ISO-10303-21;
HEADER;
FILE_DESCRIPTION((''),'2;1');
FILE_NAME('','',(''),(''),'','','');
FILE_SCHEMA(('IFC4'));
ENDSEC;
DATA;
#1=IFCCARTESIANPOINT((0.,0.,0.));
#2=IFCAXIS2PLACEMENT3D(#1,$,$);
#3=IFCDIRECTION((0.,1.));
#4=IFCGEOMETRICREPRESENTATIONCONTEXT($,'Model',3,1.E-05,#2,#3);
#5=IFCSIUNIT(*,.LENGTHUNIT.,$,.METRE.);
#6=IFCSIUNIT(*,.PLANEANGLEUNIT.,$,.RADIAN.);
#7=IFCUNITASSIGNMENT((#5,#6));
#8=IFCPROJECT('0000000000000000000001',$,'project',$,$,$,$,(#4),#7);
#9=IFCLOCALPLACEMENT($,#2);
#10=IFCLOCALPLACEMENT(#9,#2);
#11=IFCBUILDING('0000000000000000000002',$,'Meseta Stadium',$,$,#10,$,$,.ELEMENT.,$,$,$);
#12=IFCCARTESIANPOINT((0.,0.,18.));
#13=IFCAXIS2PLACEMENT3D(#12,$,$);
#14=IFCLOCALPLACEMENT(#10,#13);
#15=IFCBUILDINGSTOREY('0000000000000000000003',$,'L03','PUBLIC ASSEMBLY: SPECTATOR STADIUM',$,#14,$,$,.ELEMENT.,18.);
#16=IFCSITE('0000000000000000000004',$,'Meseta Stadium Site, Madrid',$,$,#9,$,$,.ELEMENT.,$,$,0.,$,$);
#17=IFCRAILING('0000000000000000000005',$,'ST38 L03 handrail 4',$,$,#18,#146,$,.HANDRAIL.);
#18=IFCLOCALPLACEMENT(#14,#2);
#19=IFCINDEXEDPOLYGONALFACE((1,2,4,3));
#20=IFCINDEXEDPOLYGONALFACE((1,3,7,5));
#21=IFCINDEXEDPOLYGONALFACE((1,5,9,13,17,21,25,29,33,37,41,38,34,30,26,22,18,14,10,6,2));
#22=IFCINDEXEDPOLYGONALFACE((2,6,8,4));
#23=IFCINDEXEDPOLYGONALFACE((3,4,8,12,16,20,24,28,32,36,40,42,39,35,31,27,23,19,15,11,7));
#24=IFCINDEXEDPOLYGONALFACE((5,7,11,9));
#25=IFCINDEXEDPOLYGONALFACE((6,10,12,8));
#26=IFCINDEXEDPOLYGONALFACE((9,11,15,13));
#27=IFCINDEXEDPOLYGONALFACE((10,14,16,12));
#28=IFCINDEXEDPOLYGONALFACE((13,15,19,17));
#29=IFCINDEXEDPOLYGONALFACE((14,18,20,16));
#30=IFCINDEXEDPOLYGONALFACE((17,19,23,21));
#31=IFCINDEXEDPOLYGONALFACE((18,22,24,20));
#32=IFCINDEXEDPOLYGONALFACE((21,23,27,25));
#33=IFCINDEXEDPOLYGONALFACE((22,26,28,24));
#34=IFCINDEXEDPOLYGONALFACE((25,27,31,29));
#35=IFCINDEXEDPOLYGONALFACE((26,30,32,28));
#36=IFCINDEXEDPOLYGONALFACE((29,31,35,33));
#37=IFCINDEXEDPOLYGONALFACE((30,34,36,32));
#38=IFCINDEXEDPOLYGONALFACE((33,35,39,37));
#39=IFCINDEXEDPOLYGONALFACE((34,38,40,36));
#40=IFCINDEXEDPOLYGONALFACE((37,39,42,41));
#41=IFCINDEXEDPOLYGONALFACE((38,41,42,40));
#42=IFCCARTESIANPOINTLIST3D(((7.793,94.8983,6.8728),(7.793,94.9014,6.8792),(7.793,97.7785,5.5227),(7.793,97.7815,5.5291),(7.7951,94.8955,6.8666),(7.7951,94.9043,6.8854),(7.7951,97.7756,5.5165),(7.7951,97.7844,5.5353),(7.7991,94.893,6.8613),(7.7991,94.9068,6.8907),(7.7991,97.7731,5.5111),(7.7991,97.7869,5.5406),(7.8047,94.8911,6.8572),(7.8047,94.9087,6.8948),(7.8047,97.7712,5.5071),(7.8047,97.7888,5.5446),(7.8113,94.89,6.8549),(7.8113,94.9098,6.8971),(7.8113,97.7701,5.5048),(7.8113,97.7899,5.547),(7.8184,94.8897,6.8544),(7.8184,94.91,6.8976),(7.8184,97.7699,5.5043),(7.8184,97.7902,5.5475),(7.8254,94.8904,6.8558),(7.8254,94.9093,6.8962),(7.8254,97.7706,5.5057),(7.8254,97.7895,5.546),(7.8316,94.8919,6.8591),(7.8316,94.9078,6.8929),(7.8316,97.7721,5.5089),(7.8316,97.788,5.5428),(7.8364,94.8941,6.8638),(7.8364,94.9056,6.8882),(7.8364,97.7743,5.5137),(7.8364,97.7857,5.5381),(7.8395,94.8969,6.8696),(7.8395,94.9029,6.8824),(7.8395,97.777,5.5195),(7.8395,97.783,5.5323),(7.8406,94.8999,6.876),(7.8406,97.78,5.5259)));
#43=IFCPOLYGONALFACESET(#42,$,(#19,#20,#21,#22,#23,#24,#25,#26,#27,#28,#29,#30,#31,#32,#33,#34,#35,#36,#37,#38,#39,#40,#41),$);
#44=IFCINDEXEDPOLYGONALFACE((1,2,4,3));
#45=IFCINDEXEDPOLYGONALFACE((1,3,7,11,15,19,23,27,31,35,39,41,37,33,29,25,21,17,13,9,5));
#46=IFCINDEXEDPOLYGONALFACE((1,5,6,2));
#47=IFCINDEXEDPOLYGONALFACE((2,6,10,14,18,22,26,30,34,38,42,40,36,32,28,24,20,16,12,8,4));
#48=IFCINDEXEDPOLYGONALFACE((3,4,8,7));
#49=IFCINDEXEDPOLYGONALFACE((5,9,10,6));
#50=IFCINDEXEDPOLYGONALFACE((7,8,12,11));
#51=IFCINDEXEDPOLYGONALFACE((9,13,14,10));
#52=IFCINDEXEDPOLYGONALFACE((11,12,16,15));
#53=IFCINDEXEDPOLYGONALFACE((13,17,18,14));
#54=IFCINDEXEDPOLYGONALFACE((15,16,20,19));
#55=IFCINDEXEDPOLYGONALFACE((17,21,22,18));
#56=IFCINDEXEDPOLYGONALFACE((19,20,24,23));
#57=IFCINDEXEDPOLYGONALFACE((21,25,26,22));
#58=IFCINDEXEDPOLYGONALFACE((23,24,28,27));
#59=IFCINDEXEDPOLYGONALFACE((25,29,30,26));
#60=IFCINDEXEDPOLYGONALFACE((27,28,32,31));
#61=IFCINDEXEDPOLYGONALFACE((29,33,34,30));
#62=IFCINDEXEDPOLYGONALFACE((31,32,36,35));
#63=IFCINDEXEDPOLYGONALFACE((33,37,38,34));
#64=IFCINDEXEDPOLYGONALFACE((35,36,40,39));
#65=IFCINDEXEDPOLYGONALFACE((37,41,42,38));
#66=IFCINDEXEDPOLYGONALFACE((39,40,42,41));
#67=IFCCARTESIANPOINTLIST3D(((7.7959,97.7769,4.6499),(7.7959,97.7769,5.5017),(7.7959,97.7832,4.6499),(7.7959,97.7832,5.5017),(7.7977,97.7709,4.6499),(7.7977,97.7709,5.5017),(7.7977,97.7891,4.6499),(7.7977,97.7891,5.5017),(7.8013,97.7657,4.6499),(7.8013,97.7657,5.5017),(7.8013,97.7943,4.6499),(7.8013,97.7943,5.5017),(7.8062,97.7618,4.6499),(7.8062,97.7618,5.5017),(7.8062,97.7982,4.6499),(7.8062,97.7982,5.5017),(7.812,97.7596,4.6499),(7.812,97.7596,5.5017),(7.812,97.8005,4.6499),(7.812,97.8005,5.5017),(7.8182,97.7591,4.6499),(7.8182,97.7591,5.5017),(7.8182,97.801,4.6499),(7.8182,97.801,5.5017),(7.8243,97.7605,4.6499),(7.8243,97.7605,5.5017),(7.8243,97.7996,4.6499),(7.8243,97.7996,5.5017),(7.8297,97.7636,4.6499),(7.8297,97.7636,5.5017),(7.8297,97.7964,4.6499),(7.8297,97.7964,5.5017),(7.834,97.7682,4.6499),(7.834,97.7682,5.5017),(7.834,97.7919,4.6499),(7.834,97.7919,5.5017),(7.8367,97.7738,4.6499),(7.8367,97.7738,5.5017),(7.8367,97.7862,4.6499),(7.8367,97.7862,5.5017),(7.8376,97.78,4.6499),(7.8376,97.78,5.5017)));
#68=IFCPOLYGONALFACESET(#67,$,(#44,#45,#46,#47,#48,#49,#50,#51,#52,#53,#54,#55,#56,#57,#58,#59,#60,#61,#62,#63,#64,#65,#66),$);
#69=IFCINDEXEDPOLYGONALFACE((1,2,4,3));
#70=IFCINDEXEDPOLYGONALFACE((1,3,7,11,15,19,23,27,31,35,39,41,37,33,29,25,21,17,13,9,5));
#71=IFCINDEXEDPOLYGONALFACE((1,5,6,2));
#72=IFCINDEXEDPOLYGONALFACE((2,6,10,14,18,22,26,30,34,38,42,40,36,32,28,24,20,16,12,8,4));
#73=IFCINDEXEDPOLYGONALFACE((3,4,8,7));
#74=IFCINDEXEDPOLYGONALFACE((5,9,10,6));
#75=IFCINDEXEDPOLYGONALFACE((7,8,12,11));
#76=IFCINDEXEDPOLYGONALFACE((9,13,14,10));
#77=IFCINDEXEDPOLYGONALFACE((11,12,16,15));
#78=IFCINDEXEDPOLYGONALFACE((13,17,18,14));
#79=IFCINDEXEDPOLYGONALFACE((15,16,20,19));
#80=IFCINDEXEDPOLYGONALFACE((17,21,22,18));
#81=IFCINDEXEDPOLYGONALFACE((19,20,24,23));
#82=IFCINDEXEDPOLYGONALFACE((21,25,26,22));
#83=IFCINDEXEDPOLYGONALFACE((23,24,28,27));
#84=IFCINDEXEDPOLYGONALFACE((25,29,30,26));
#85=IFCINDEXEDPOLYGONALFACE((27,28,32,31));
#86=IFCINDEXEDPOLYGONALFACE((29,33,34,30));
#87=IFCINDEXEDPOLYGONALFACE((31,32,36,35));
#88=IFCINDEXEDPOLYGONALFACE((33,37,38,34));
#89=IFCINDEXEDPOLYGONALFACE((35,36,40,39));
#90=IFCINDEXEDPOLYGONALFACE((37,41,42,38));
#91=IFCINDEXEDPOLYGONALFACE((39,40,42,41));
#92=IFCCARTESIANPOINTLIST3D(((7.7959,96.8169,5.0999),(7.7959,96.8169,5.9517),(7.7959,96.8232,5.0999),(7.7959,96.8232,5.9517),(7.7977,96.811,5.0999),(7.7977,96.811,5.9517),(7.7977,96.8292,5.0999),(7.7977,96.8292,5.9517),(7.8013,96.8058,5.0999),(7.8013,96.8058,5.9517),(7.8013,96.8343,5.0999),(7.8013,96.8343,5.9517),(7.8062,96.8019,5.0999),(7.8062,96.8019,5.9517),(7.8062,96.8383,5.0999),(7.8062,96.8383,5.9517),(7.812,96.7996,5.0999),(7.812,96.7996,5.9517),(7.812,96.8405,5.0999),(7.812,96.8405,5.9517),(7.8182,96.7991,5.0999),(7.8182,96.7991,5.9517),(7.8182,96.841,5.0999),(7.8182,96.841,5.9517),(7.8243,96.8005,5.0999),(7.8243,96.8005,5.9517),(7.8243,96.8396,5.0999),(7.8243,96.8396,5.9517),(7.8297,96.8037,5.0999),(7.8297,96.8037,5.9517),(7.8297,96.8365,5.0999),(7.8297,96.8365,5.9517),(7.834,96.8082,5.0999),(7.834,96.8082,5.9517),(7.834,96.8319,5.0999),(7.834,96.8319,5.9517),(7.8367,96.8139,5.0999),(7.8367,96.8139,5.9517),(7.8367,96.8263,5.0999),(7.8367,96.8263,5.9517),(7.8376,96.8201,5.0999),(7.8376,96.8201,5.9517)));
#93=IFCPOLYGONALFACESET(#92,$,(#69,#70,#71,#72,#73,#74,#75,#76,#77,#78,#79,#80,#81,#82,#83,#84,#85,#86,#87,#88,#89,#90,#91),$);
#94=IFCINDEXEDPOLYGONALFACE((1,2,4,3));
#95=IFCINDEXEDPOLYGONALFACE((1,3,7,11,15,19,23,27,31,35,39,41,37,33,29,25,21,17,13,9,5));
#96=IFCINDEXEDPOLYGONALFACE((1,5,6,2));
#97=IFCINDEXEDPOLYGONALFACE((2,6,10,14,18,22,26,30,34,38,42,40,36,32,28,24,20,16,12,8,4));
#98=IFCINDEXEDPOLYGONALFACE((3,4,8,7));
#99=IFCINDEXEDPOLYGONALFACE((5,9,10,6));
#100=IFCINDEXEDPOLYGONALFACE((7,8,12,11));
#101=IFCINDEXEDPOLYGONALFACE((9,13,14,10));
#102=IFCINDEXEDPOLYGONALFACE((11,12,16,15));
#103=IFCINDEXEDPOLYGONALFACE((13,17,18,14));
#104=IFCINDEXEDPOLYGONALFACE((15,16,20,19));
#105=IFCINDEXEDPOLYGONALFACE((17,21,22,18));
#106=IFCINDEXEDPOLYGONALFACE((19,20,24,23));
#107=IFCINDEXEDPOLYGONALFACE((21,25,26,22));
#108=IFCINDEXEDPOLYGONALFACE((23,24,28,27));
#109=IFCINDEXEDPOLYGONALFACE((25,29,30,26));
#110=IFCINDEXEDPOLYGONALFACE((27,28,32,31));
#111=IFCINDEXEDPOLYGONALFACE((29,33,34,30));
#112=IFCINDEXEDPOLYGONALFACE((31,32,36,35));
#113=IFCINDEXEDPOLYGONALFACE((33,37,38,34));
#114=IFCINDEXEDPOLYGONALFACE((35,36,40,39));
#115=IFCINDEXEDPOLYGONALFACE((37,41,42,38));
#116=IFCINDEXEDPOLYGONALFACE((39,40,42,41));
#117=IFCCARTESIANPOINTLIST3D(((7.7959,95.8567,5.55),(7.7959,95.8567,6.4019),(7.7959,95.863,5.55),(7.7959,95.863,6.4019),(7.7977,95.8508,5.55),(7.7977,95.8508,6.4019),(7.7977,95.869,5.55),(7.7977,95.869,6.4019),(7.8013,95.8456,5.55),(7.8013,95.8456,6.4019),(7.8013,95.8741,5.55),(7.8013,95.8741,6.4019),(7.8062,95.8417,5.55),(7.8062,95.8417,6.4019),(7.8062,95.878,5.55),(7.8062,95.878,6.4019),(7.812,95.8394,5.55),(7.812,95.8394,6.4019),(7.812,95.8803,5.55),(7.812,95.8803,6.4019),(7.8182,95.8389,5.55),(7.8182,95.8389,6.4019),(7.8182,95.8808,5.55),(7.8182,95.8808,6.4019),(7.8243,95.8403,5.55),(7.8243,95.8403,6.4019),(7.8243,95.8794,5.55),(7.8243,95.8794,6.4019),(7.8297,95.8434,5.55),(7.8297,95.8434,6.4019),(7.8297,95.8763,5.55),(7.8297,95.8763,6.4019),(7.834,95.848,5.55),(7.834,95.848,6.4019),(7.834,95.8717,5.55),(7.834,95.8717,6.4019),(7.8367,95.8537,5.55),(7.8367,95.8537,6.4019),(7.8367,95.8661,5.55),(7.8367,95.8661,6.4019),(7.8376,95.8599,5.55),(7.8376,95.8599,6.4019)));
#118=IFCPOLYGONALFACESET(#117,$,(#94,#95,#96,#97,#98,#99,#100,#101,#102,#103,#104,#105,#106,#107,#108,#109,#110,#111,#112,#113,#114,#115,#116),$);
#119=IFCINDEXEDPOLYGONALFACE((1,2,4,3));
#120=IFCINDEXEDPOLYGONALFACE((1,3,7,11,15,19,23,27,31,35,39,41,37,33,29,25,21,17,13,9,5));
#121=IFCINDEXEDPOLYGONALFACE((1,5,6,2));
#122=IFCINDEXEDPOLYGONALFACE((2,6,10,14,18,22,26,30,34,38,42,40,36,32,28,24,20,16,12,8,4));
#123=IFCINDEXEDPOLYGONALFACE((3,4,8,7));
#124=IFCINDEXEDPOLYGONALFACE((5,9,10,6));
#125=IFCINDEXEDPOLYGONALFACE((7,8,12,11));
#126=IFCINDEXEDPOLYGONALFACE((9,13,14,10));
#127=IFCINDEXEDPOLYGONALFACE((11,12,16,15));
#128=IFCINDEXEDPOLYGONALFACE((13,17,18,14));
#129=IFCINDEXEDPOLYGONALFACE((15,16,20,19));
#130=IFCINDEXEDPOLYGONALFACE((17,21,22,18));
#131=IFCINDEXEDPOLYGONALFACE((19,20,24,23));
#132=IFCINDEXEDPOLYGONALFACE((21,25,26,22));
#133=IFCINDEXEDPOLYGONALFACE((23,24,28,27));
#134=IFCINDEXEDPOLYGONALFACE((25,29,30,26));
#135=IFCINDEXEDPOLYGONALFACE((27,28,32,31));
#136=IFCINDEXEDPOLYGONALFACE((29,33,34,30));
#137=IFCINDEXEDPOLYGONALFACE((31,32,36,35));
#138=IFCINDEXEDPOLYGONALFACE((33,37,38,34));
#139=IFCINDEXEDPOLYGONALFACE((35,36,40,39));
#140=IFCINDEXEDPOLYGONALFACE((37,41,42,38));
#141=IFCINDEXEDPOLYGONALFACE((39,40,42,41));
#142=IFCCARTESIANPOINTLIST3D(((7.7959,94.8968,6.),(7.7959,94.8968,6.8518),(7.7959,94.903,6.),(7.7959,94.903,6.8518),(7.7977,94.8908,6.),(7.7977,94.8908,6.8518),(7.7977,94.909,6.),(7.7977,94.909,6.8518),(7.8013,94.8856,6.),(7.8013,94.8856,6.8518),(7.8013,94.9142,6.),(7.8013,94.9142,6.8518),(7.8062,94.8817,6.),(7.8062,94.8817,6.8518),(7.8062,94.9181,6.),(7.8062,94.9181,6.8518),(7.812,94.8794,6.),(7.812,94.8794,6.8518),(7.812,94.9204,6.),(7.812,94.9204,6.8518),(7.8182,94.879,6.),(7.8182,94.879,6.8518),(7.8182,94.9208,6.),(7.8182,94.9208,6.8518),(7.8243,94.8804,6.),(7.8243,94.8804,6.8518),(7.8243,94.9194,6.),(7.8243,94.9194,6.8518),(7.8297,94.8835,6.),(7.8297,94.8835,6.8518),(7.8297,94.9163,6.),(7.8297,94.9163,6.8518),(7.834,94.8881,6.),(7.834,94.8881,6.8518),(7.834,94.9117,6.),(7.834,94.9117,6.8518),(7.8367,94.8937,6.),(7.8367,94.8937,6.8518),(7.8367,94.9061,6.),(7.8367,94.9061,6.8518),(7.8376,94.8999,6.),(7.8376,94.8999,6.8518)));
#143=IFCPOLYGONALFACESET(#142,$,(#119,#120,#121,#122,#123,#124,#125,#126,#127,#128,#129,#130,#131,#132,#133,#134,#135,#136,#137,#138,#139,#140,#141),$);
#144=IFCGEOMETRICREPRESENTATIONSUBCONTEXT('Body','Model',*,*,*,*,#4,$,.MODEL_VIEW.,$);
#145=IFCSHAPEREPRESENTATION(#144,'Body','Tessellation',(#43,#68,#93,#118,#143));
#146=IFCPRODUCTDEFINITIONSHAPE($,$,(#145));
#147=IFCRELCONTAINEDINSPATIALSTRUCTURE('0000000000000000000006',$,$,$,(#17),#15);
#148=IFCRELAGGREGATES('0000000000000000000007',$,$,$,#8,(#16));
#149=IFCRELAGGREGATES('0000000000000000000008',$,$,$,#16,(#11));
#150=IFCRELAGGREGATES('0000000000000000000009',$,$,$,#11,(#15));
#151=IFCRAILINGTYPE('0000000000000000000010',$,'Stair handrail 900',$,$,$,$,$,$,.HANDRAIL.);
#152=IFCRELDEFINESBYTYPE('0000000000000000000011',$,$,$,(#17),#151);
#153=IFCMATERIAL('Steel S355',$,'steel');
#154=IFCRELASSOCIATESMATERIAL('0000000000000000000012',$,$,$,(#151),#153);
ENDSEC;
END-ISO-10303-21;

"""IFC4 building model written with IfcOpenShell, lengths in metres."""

from ifc_helpers import new_model, si_unit, direction, frame, origin, origin_2d, place, context, subcontext, project, spatial, circle, extrude, material, type_object, element, save


model = new_model("IFC4")

# Units and contexts
model_context = context("Model", 3, precision=1e-05, world=origin(), true_north=direction((0.0, 1.0)))
body_context = subcontext(model_context, "Body", "Model", "MODEL_VIEW")
ifc_project = project(units=[si_unit("LENGTHUNIT", "METRE"), si_unit("PLANEANGLEUNIT", "RADIAN")], contexts=[model_context])

# Site, building, storey
site_placement = place(None, origin())
site = spatial("IfcSite", under=ifc_project, at=site_placement, Name="Meseta Stadium Site, Madrid", CompositionType="ELEMENT", RefElevation=0.0)
building_placement = place(site_placement, origin())
building = spatial("IfcBuilding", under=site, at=building_placement, Name="Meseta Stadium", CompositionType="ELEMENT")
storey_placement = place(building_placement, frame((0.0, 0.0, 18.0)))
storey = spatial("IfcBuildingStorey", under=building, at=storey_placement, Name="L03", Description="PUBLIC ASSEMBLY: SPECTATOR STADIUM", CompositionType="ELEMENT", Elevation=18.0)

# Railing
ifc_material_1 = material(Name="Steel S355", Category="steel")
railing_type_1 = type_object("IfcRailingType", Name="Stair handrail 900", PredefinedType="HANDRAIL", material=ifc_material_1)
for number, where, name in (
    (1, (7.8167, 97.78, 4.6499), "ST38 L03 handrail 4"),
):
    element("IfcRailing", number, at=place(storey_placement, frame(where)), inside=storey, type_object=railing_type_1, Name=name, PredefinedType="HANDRAIL", context=body_context, shape_type="SweptSolid", body=[
        extrude(circle(Radius=0.0239, at=origin_2d()), frame((0.0, 0.0, 0.876), z_axis=(0.0, -0.905454, 0.424444), x_axis=(1.0, 0.0, 0.0)), (0.0, 0.0, 1.0), 3.1809),
        extrude(circle(Radius=0.021, at=origin_2d()), origin(), (0.0, 0.0, 1.0), 0.8518),
        extrude(circle(Radius=0.021, at=origin_2d()), frame((0.0, -0.96, 0.45)), (0.0, 0.0, 1.0), 0.8518),
        extrude(circle(Radius=0.021, at=origin_2d()), frame((0.0, -1.9202, 0.9001)), (0.0, 0.0, 1.0), 0.8518),
        extrude(circle(Radius=0.021, at=origin_2d()), frame((0.0, -2.8801, 1.3501)), (0.0, 0.0, 1.0), 0.8518),
    ])

save(model, "model.ifc")
